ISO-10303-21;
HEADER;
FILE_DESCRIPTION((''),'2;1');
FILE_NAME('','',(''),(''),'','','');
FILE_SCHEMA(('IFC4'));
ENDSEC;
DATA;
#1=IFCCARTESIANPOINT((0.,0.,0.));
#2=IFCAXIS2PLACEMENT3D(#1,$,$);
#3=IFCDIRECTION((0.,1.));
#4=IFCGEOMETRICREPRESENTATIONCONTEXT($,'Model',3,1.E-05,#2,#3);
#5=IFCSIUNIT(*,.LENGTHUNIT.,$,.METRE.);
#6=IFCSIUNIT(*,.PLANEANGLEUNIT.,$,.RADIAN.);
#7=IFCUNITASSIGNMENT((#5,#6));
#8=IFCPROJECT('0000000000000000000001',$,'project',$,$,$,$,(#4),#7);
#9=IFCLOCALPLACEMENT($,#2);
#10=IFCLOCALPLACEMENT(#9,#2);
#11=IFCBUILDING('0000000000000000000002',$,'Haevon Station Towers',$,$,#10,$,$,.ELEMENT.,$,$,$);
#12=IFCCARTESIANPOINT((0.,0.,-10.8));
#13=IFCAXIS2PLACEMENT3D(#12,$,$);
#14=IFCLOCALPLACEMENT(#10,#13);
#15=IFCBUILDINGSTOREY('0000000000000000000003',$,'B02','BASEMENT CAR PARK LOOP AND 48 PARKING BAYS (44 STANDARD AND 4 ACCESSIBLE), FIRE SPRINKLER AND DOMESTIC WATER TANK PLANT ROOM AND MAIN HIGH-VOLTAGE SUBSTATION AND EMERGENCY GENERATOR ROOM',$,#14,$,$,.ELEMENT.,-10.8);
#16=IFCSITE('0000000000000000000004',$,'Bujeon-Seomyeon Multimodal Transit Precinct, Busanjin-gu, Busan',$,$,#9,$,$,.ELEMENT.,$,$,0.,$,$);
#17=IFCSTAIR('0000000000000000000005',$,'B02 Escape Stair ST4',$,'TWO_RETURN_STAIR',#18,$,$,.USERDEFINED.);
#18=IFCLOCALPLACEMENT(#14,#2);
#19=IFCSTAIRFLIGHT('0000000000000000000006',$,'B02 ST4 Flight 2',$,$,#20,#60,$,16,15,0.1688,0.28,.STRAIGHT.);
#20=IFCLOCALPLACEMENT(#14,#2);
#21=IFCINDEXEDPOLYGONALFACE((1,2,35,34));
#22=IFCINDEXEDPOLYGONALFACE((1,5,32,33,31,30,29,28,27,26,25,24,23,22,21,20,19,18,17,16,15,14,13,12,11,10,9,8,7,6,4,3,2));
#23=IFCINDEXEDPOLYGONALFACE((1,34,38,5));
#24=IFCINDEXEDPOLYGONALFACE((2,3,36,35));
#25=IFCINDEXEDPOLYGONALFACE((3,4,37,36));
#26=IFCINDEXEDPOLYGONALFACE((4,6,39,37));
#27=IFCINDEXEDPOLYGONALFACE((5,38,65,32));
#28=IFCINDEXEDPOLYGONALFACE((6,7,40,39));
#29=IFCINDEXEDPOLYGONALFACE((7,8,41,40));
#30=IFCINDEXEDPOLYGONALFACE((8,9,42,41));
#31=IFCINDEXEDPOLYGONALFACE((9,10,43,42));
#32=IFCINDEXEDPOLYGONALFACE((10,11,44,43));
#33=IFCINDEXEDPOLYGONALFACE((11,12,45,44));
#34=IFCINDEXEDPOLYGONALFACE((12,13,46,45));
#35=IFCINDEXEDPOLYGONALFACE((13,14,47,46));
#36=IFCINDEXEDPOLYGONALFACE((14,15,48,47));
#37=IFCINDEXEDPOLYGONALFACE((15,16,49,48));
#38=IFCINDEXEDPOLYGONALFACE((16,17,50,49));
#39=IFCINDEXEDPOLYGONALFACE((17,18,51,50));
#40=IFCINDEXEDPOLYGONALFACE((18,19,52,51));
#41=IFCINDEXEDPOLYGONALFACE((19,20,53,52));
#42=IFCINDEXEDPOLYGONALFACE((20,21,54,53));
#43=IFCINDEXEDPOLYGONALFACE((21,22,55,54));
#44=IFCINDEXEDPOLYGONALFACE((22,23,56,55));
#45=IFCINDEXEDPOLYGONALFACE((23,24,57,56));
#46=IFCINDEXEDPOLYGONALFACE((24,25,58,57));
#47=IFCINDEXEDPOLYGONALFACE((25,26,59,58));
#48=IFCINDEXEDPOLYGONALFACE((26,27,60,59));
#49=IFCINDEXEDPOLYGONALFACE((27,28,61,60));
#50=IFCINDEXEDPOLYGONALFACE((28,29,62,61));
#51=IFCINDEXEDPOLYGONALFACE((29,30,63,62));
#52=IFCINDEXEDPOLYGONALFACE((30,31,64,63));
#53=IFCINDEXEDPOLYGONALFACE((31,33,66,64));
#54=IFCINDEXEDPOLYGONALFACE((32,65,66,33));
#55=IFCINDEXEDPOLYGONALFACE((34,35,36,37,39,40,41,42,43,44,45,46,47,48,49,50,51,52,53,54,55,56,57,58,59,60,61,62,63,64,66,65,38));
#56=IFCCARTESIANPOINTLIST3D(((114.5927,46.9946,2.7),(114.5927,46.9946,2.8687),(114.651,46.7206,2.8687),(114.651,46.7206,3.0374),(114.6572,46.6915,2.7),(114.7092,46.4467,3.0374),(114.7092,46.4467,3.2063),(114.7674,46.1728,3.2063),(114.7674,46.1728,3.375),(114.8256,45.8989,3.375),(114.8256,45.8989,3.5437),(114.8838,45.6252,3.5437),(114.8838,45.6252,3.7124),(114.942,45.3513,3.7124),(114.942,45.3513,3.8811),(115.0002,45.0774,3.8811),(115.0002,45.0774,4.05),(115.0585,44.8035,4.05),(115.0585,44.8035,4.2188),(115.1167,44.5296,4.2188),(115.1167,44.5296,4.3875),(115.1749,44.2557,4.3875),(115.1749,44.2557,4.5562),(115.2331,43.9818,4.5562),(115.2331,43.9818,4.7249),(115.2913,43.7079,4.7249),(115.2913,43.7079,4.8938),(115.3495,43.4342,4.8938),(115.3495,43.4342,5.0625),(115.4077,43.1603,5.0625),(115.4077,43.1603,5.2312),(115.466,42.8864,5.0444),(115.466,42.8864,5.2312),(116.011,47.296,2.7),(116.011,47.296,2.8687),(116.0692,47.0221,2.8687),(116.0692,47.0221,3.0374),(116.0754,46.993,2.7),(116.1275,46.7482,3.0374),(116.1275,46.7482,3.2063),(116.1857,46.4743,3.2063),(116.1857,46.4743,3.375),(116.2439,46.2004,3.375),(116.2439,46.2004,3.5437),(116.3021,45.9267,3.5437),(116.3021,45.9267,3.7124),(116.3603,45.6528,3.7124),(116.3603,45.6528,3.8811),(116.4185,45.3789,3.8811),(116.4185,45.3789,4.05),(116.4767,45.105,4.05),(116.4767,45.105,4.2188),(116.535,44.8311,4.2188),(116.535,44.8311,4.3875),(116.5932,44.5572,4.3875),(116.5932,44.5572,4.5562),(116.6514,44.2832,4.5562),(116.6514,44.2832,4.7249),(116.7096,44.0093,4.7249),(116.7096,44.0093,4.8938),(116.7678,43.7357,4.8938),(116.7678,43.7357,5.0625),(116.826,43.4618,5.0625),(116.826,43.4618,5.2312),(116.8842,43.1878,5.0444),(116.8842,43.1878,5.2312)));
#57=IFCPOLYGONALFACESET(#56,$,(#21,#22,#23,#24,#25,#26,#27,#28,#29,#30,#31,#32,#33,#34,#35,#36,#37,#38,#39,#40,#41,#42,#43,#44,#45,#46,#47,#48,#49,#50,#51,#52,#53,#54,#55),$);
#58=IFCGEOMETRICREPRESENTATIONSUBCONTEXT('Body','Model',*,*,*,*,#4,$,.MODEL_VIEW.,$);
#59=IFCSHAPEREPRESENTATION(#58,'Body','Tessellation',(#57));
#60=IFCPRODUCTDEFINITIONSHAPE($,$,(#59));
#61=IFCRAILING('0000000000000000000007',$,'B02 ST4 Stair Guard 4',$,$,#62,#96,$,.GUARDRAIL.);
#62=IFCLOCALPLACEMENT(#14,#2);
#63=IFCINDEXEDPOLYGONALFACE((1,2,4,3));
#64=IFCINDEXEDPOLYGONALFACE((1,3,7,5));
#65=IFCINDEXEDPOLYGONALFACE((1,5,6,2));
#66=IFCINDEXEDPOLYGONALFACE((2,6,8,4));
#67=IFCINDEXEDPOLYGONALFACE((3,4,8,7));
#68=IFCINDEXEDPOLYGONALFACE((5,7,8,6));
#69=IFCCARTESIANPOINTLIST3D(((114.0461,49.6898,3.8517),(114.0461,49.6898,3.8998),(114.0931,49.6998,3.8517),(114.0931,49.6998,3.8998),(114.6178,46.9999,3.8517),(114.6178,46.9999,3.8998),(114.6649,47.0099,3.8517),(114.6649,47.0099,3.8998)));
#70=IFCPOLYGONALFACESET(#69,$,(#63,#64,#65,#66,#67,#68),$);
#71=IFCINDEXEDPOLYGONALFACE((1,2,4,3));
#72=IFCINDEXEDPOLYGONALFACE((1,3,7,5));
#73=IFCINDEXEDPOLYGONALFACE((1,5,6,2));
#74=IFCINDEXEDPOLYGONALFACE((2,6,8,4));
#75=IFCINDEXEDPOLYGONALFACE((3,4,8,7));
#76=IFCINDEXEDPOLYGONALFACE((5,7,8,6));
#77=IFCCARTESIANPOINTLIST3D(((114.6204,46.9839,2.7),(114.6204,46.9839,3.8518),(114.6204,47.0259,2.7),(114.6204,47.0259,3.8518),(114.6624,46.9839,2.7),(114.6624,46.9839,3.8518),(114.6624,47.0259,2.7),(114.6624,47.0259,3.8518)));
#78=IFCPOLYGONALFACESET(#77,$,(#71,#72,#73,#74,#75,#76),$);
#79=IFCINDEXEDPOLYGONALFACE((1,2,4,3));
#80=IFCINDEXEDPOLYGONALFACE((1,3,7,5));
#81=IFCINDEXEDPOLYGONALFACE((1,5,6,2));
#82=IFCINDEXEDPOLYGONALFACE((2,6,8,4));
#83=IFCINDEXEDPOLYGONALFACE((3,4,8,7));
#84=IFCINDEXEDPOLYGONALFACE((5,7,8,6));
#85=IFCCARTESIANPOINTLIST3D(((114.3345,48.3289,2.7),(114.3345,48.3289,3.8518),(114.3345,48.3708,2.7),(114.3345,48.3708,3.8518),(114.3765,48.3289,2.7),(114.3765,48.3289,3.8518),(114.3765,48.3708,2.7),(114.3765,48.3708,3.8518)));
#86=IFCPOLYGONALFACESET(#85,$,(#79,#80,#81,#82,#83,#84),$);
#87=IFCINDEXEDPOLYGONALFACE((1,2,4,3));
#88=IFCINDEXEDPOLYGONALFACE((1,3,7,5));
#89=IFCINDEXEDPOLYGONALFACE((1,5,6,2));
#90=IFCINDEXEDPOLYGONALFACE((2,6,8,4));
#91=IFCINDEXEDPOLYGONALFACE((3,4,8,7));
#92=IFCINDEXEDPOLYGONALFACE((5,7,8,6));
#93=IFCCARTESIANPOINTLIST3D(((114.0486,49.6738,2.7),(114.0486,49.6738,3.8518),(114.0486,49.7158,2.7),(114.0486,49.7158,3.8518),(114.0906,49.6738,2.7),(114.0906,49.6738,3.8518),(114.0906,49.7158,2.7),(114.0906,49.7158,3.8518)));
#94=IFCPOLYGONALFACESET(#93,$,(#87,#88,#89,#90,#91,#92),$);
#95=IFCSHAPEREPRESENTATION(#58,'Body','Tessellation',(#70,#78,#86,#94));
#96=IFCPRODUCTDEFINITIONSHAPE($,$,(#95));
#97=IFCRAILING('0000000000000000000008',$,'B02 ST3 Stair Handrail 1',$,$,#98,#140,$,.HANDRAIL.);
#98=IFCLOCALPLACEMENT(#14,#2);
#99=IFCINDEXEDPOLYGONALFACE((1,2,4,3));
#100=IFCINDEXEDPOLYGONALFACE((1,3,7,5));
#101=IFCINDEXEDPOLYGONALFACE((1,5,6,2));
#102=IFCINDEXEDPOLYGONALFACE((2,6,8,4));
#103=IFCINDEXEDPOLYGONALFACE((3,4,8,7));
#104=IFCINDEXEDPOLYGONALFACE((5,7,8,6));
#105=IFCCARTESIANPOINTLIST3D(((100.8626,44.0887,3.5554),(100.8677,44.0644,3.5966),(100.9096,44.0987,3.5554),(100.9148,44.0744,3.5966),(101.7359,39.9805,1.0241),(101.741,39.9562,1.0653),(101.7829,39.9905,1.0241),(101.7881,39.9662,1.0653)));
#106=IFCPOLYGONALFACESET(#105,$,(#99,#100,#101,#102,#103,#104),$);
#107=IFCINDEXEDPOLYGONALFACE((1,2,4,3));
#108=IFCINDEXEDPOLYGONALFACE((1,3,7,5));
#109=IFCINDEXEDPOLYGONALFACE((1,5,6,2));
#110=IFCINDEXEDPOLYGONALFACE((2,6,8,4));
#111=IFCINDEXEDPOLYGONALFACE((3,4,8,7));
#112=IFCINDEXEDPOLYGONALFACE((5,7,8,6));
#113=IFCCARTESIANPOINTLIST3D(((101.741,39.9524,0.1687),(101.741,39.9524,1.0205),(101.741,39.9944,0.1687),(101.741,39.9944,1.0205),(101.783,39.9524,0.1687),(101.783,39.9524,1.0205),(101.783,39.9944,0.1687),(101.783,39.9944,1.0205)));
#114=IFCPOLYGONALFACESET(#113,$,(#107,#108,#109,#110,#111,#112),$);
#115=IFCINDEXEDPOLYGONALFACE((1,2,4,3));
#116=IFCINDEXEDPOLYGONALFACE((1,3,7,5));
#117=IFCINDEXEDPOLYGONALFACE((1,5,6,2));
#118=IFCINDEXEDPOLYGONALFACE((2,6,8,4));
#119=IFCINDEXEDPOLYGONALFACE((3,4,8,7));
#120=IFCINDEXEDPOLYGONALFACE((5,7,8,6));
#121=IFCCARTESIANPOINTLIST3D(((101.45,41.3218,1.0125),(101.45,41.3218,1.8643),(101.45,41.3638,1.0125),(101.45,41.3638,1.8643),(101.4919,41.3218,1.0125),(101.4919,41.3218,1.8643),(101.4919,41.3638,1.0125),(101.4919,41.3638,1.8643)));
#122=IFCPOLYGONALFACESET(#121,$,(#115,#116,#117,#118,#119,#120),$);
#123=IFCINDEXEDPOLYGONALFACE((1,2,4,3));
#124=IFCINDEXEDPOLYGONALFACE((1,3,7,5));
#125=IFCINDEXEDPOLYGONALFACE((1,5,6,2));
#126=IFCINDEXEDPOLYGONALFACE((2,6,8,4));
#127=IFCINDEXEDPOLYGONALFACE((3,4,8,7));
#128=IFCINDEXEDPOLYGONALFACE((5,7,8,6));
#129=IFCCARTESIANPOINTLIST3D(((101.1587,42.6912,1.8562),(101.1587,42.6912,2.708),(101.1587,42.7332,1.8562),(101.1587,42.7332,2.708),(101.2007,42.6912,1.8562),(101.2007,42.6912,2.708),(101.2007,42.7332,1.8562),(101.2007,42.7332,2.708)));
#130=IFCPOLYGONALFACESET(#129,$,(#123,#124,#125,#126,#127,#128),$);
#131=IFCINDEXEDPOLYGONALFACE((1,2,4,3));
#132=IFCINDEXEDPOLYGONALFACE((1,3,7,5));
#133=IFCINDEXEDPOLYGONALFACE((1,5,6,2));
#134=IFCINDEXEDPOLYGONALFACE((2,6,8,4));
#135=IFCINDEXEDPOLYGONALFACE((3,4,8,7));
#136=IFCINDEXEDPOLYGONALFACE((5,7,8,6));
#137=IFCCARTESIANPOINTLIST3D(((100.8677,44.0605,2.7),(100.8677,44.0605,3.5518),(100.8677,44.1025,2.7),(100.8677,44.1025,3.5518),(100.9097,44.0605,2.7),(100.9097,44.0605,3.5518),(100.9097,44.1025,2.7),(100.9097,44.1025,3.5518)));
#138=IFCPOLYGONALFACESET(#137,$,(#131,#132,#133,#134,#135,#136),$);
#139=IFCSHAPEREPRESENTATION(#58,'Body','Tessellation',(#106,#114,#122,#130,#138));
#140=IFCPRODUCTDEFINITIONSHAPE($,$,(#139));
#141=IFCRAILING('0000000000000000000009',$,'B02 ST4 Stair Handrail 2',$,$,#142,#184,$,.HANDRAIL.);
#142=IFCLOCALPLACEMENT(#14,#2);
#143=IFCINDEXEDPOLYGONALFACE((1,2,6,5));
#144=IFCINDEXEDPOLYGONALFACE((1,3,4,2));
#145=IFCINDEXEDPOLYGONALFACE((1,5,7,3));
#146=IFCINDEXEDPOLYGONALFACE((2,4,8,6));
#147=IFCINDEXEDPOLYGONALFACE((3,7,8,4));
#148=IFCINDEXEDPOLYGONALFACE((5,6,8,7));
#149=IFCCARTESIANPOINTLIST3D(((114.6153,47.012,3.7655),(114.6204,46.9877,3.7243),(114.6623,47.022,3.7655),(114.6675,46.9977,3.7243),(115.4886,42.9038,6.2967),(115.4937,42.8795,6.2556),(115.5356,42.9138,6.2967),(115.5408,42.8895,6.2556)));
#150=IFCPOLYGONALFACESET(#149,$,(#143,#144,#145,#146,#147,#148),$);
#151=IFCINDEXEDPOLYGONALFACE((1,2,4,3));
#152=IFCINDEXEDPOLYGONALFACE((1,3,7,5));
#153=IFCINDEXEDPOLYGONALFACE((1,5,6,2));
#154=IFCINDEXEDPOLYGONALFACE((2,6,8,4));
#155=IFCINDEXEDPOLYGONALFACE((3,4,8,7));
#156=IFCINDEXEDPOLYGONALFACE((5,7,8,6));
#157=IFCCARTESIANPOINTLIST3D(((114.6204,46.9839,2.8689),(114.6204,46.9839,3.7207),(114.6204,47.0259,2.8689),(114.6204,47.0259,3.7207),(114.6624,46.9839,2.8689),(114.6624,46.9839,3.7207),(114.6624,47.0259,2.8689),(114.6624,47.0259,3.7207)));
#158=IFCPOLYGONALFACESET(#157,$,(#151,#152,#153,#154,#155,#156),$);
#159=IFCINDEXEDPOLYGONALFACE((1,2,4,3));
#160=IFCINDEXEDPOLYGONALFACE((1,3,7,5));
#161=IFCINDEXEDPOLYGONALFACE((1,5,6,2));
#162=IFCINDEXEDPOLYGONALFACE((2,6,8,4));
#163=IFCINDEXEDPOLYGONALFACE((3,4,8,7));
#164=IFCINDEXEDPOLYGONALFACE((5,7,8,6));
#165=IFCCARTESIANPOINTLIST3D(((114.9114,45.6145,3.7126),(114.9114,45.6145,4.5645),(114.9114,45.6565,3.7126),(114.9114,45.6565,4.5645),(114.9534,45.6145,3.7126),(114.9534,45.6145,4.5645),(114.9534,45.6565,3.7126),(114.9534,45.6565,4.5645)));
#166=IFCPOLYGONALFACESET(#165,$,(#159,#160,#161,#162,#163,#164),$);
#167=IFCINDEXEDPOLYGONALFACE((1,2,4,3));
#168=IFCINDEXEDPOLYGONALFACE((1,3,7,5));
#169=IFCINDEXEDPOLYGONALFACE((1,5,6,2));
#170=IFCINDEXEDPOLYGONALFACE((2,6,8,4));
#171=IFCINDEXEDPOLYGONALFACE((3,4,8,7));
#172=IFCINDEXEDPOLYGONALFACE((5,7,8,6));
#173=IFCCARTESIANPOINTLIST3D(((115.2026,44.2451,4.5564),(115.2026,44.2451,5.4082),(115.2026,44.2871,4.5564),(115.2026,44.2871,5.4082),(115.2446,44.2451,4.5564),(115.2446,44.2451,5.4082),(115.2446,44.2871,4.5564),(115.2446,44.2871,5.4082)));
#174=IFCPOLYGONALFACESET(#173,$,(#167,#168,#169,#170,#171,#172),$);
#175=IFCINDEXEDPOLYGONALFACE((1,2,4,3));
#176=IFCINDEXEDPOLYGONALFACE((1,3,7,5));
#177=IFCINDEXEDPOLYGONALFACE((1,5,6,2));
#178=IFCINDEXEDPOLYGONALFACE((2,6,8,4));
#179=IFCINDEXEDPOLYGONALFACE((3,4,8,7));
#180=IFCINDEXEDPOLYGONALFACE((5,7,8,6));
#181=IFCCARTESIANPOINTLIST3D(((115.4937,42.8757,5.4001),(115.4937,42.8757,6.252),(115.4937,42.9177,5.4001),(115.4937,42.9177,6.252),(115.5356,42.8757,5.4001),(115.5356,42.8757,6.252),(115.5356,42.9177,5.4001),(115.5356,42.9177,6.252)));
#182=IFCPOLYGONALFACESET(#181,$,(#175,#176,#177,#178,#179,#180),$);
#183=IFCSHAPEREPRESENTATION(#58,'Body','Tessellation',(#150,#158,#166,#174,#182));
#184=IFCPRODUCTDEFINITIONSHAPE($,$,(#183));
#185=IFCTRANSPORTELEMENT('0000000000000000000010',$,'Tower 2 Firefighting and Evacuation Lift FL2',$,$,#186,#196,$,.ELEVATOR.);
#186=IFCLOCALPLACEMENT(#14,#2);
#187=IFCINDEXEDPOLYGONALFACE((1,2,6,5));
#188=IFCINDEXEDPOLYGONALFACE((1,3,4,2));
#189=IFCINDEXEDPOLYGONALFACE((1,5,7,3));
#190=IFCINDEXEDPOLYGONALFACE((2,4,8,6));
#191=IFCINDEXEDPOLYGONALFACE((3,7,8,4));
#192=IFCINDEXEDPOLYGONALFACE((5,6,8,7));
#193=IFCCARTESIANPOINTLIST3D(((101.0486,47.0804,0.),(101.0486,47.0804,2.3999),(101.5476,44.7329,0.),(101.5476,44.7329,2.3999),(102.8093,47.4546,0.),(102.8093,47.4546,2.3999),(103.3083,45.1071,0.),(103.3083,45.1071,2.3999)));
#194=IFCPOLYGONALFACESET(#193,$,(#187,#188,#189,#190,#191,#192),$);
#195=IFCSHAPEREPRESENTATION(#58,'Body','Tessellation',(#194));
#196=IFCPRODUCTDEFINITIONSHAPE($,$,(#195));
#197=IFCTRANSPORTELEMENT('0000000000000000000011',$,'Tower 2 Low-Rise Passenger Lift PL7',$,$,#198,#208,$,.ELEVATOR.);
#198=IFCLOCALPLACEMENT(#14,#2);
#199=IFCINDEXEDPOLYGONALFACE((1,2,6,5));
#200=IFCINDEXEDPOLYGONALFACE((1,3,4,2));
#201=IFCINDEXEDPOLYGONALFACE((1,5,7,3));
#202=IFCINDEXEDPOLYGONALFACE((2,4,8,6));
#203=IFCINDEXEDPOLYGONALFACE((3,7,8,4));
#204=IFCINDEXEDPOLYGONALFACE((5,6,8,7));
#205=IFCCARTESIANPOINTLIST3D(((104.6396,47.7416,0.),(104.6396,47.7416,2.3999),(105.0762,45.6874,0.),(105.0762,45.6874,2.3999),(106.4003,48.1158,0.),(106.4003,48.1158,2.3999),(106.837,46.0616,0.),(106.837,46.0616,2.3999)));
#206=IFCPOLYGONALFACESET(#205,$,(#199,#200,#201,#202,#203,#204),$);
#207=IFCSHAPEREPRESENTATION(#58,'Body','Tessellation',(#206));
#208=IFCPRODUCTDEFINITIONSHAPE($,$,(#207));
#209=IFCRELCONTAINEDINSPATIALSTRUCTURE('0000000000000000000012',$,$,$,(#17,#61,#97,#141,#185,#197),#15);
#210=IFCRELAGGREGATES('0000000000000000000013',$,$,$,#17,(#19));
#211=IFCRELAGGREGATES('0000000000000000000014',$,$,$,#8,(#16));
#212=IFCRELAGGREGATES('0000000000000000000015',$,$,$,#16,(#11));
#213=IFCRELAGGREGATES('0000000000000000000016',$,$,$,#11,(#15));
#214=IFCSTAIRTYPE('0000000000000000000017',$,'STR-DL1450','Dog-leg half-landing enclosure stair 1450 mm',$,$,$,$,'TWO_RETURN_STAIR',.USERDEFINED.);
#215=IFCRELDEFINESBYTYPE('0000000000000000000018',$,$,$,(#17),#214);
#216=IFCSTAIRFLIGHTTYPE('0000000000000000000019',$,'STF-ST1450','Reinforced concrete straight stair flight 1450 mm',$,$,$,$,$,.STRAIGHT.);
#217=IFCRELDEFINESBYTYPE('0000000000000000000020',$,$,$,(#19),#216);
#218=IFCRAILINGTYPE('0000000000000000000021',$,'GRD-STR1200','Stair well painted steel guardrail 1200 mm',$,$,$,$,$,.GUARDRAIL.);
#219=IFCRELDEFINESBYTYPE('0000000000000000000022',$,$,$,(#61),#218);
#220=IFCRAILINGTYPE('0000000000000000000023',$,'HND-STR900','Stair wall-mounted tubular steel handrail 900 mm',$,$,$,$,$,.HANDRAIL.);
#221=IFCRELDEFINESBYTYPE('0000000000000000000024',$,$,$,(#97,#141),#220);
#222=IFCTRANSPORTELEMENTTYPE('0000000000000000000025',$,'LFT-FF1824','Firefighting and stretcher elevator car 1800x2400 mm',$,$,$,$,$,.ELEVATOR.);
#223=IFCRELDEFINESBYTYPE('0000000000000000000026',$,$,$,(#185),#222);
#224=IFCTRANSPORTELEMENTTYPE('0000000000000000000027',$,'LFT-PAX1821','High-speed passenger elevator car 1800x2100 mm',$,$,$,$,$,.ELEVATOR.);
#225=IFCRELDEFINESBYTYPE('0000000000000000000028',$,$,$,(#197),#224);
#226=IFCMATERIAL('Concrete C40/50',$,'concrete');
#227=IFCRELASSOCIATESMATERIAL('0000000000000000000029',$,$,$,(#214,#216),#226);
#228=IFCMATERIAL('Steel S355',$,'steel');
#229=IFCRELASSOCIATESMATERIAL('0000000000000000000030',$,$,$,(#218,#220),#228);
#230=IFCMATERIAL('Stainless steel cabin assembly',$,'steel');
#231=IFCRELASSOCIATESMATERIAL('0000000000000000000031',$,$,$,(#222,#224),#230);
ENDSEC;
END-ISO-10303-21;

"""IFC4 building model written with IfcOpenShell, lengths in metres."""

from ifc_helpers import new_model, si_unit, direction, frame, origin, origin_2d, place, context, subcontext, project, spatial, polyline, rectangle, outline, extrude, material, type_object, element, aggregate, save


model = new_model("IFC4")

# Units and contexts
model_context = context("Model", 3, precision=1e-05, world=origin(), true_north=direction((0.0, 1.0)))
body_context = subcontext(model_context, "Body", "Model", "MODEL_VIEW")
ifc_project = project(units=[si_unit("LENGTHUNIT", "METRE"), si_unit("PLANEANGLEUNIT", "RADIAN")], contexts=[model_context])

# Site, building, storey
site_placement = place(None, origin())
site = spatial("IfcSite", under=ifc_project, at=site_placement, Name="Bujeon-Seomyeon Multimodal Transit Precinct, Busanjin-gu, Busan", CompositionType="ELEMENT", RefElevation=0.0)
building_placement = place(site_placement, origin())
building = spatial("IfcBuilding", under=site, at=building_placement, Name="Haevon Station Towers", CompositionType="ELEMENT")
storey_placement = place(building_placement, frame((0.0, 0.0, -10.8)))
storey = spatial("IfcBuildingStorey", under=building, at=storey_placement, Name="B02", Description="BASEMENT CAR PARK LOOP AND 48 PARKING BAYS (44 STANDARD AND 4 ACCESSIBLE), FIRE SPRINKLER AND DOMESTIC WATER TANK PLANT ROOM AND MAIN HIGH-VOLTAGE SUBSTATION AND EMERGENCY GENERATOR ROOM", CompositionType="ELEMENT", Elevation=-10.8)

# Shared definitions
ifc_material_1 = material(Name="Steel S355", Category="steel")

# Shared definitions
ifc_material_2 = material(Name="Concrete C40/50", Category="concrete")

# Stair, stair flight
stair_type = type_object("IfcStairType", Name="STR-DL1450", Description="Dog-leg half-landing enclosure stair 1450 mm", ElementType="TWO_RETURN_STAIR", PredefinedType="USERDEFINED", material=ifc_material_2)
stair_placement = place(storey_placement, origin())
stair = element("IfcStair", 1, at=stair_placement, inside=storey, type_object=stair_type, Name="B02 Escape Stair ST4", ObjectType="TWO_RETURN_STAIR", PredefinedType="USERDEFINED")
stair_flight_type = type_object("IfcStairFlightType", Name="STF-ST1450", Description="Reinforced concrete straight stair flight 1450 mm", PredefinedType="STRAIGHT", material=ifc_material_2)
stair_flight_placement = place(storey_placement, frame((115.3018, 47.1453, 2.7), z_axis=(0.0, 0.0, 1.0), x_axis=(0.207912, -0.978148, 0.0)))
stair_flight = element("IfcStairFlight", 2, at=stair_flight_placement, type_object=stair_flight_type, Name="B02 ST4 Flight 2", NumberOfRisers=16, NumberOfTreads=15, PredefinedType="STRAIGHT", RiserHeight=0.1688, TreadLength=0.28, context=body_context, shape_type="SweptSolid", body=[
    extrude(outline(polyline([(0.0, 0.0), (0.0, 0.1687), (0.28, 0.1687), (0.28, 0.3374), (0.5601, 0.3374), (0.5601, 0.5063), (0.8401, 0.5063), (0.8401, 0.675), (1.1201, 0.675), (1.1201, 0.8438), (1.3999, 0.8438), (1.3999, 1.0125), (1.6799, 1.0125), (1.6799, 1.1812), (1.96, 1.1812), (1.96, 1.3501), (2.24, 1.3501), (2.24, 1.5188), (2.52, 1.5188), (2.52, 1.6875), (2.8, 1.6875), (2.8, 1.8562), (3.0801, 1.8562), (3.0801, 2.0249), (3.3601, 2.0249), (3.3601, 2.1938), (3.6399, 2.1938), (3.6399, 2.3625), (3.9199, 2.3625), (3.9199, 2.5312), (4.2, 2.5312), (4.2, 2.7), (4.2, 2.3445), (0.3098, 0.0), (0.0, 0.0)])), frame((0.0, 0.7251, 0.0), z_axis=(0.0, -1.0, 0.0), x_axis=(1.0, 0.0, 0.0)), (0.0, 0.0, 1.0), 1.45),
])
aggregate(stair, [stair_flight])

# Railings
railing_type_1 = type_object("IfcRailingType", Name="GRD-STR1200", Description="Stair well painted steel guardrail 1200 mm", PredefinedType="GUARDRAIL", material=ifc_material_1)
railing_1_placement = place(storey_placement, frame((114.6414, 47.0049, 2.7)))
element("IfcRailing", 3, at=railing_1_placement, inside=storey, type_object=railing_type_1, Name="B02 ST4 Stair Guard 4", PredefinedType="GUARDRAIL", context=body_context, shape_type="SweptSolid", body=[
    extrude(rectangle(XDim=0.0481, YDim=0.0481, at=origin_2d()), frame((0.0, 0.0, 1.1758), z_axis=(-0.207916, 0.978147, 0.0), x_axis=(-0.978147, -0.207916, 0.0)), (0.0, 0.0, 1.0), 2.75),
    extrude(rectangle(XDim=0.042, YDim=0.042, at=origin_2d()), origin(), (0.0, 0.0, 1.0), 1.1519),
    extrude(rectangle(XDim=0.042, YDim=0.042, at=origin_2d()), frame((-0.2859, 1.345, 0.0)), (0.0, 0.0, 1.0), 1.1519),
    extrude(rectangle(XDim=0.042, YDim=0.042, at=origin_2d()), frame((-0.5718, 2.6899, 0.0)), (0.0, 0.0, 1.0), 1.1519),
])
railing_type_2 = type_object("IfcRailingType", Name="HND-STR900", Description="Stair wall-mounted tubular steel handrail 900 mm", PredefinedType="HANDRAIL", material=ifc_material_1)
railing_2_placement = place(storey_placement, frame((101.762, 39.9734, 0.1687)))
element("IfcRailing", 4, at=railing_2_placement, inside=storey, type_object=railing_type_2, Name="B02 ST3 Stair Handrail 1", PredefinedType="HANDRAIL", context=body_context, shape_type="SweptSolid", body=[
    extrude(rectangle(XDim=0.0481, YDim=0.0481, at=origin_2d()), frame((0.0, 0.0, 0.876), z_axis=(-0.178086, 0.837757, 0.516186), x_axis=(-0.978144, -0.207929, 0.0)), (0.0, 0.0, 1.0), 4.9038),
    extrude(rectangle(XDim=0.042, YDim=0.042, at=origin_2d()), origin(), (0.0, 0.0, 1.0), 0.8518),
    extrude(rectangle(XDim=0.042, YDim=0.042, at=origin_2d()), frame((-0.291, 1.3694, 0.8438)), (0.0, 0.0, 1.0), 0.8518),
    extrude(rectangle(XDim=0.042, YDim=0.042, at=origin_2d()), frame((-0.5823, 2.7388, 1.6875)), (0.0, 0.0, 1.0), 0.8518),
    extrude(rectangle(XDim=0.042, YDim=0.042, at=origin_2d()), frame((-0.8733, 4.1082, 2.5312)), (0.0, 0.0, 1.0), 0.8518),
])
railing_3_placement = place(storey_placement, frame((114.6414, 47.0049, 2.8689)))
element("IfcRailing", 5, at=railing_3_placement, inside=storey, type_object=railing_type_2, Name="B02 ST4 Stair Handrail 2", PredefinedType="HANDRAIL", context=body_context, shape_type="SweptSolid", body=[
    extrude(rectangle(XDim=0.0481, YDim=0.0481, at=origin_2d()), frame((0.0, 0.0, 0.876), z_axis=(0.178086, -0.837757, 0.516186), x_axis=(0.978144, 0.207929, 0.0)), (0.0, 0.0, 1.0), 4.9038),
    extrude(rectangle(XDim=0.042, YDim=0.042, at=origin_2d()), origin(), (0.0, 0.0, 1.0), 0.8518),
    extrude(rectangle(XDim=0.042, YDim=0.042, at=origin_2d()), frame((0.291, -1.3694, 0.8438)), (0.0, 0.0, 1.0), 0.8518),
    extrude(rectangle(XDim=0.042, YDim=0.042, at=origin_2d()), frame((0.5823, -2.7388, 1.6875)), (0.0, 0.0, 1.0), 0.8518),
    extrude(rectangle(XDim=0.042, YDim=0.042, at=origin_2d()), frame((0.8733, -4.1082, 2.5312)), (0.0, 0.0, 1.0), 0.8518),
])

# Transport elements
ifc_material_3 = material(Name="Stainless steel cabin assembly", Category="steel")
transport_element_type_1 = type_object("IfcTransportElementType", Name="LFT-FF1824", Description="Firefighting and stretcher elevator car 1800x2400 mm", PredefinedType="ELEVATOR", material=ifc_material_3)
transport_element_1_placement = place(storey_placement, frame((102.1785, 46.0938, 0.0), z_axis=(0.0, 0.0, 1.0), x_axis=(0.978148, 0.207912, 0.0)))
element("IfcTransportElement", 6, at=transport_element_1_placement, inside=storey, type_object=transport_element_type_1, Name="Tower 2 Firefighting and Evacuation Lift FL2", PredefinedType="ELEVATOR", context=body_context, shape_type="SweptSolid", body=[
    extrude(rectangle(XDim=1.8, YDim=2.3999, at=origin_2d()), origin(), (0.0, 0.0, 1.0), 2.3999),
])
transport_element_type_2 = type_object("IfcTransportElementType", Name="LFT-PAX1821", Description="High-speed passenger elevator car 1800x2100 mm", PredefinedType="ELEVATOR", material=ifc_material_3)
transport_element_2_placement = place(storey_placement, frame((105.7383, 46.9016, 0.0), z_axis=(0.0, 0.0, 1.0), x_axis=(0.978148, 0.207912, 0.0)))
element("IfcTransportElement", 7, at=transport_element_2_placement, inside=storey, type_object=transport_element_type_2, Name="Tower 2 Low-Rise Passenger Lift PL7", PredefinedType="ELEVATOR", context=body_context, shape_type="SweptSolid", body=[
    extrude(rectangle(XDim=1.8, YDim=2.1001, at=origin_2d()), origin(), (0.0, 0.0, 1.0), 2.3999),
])

save(model, "model.ifc")
